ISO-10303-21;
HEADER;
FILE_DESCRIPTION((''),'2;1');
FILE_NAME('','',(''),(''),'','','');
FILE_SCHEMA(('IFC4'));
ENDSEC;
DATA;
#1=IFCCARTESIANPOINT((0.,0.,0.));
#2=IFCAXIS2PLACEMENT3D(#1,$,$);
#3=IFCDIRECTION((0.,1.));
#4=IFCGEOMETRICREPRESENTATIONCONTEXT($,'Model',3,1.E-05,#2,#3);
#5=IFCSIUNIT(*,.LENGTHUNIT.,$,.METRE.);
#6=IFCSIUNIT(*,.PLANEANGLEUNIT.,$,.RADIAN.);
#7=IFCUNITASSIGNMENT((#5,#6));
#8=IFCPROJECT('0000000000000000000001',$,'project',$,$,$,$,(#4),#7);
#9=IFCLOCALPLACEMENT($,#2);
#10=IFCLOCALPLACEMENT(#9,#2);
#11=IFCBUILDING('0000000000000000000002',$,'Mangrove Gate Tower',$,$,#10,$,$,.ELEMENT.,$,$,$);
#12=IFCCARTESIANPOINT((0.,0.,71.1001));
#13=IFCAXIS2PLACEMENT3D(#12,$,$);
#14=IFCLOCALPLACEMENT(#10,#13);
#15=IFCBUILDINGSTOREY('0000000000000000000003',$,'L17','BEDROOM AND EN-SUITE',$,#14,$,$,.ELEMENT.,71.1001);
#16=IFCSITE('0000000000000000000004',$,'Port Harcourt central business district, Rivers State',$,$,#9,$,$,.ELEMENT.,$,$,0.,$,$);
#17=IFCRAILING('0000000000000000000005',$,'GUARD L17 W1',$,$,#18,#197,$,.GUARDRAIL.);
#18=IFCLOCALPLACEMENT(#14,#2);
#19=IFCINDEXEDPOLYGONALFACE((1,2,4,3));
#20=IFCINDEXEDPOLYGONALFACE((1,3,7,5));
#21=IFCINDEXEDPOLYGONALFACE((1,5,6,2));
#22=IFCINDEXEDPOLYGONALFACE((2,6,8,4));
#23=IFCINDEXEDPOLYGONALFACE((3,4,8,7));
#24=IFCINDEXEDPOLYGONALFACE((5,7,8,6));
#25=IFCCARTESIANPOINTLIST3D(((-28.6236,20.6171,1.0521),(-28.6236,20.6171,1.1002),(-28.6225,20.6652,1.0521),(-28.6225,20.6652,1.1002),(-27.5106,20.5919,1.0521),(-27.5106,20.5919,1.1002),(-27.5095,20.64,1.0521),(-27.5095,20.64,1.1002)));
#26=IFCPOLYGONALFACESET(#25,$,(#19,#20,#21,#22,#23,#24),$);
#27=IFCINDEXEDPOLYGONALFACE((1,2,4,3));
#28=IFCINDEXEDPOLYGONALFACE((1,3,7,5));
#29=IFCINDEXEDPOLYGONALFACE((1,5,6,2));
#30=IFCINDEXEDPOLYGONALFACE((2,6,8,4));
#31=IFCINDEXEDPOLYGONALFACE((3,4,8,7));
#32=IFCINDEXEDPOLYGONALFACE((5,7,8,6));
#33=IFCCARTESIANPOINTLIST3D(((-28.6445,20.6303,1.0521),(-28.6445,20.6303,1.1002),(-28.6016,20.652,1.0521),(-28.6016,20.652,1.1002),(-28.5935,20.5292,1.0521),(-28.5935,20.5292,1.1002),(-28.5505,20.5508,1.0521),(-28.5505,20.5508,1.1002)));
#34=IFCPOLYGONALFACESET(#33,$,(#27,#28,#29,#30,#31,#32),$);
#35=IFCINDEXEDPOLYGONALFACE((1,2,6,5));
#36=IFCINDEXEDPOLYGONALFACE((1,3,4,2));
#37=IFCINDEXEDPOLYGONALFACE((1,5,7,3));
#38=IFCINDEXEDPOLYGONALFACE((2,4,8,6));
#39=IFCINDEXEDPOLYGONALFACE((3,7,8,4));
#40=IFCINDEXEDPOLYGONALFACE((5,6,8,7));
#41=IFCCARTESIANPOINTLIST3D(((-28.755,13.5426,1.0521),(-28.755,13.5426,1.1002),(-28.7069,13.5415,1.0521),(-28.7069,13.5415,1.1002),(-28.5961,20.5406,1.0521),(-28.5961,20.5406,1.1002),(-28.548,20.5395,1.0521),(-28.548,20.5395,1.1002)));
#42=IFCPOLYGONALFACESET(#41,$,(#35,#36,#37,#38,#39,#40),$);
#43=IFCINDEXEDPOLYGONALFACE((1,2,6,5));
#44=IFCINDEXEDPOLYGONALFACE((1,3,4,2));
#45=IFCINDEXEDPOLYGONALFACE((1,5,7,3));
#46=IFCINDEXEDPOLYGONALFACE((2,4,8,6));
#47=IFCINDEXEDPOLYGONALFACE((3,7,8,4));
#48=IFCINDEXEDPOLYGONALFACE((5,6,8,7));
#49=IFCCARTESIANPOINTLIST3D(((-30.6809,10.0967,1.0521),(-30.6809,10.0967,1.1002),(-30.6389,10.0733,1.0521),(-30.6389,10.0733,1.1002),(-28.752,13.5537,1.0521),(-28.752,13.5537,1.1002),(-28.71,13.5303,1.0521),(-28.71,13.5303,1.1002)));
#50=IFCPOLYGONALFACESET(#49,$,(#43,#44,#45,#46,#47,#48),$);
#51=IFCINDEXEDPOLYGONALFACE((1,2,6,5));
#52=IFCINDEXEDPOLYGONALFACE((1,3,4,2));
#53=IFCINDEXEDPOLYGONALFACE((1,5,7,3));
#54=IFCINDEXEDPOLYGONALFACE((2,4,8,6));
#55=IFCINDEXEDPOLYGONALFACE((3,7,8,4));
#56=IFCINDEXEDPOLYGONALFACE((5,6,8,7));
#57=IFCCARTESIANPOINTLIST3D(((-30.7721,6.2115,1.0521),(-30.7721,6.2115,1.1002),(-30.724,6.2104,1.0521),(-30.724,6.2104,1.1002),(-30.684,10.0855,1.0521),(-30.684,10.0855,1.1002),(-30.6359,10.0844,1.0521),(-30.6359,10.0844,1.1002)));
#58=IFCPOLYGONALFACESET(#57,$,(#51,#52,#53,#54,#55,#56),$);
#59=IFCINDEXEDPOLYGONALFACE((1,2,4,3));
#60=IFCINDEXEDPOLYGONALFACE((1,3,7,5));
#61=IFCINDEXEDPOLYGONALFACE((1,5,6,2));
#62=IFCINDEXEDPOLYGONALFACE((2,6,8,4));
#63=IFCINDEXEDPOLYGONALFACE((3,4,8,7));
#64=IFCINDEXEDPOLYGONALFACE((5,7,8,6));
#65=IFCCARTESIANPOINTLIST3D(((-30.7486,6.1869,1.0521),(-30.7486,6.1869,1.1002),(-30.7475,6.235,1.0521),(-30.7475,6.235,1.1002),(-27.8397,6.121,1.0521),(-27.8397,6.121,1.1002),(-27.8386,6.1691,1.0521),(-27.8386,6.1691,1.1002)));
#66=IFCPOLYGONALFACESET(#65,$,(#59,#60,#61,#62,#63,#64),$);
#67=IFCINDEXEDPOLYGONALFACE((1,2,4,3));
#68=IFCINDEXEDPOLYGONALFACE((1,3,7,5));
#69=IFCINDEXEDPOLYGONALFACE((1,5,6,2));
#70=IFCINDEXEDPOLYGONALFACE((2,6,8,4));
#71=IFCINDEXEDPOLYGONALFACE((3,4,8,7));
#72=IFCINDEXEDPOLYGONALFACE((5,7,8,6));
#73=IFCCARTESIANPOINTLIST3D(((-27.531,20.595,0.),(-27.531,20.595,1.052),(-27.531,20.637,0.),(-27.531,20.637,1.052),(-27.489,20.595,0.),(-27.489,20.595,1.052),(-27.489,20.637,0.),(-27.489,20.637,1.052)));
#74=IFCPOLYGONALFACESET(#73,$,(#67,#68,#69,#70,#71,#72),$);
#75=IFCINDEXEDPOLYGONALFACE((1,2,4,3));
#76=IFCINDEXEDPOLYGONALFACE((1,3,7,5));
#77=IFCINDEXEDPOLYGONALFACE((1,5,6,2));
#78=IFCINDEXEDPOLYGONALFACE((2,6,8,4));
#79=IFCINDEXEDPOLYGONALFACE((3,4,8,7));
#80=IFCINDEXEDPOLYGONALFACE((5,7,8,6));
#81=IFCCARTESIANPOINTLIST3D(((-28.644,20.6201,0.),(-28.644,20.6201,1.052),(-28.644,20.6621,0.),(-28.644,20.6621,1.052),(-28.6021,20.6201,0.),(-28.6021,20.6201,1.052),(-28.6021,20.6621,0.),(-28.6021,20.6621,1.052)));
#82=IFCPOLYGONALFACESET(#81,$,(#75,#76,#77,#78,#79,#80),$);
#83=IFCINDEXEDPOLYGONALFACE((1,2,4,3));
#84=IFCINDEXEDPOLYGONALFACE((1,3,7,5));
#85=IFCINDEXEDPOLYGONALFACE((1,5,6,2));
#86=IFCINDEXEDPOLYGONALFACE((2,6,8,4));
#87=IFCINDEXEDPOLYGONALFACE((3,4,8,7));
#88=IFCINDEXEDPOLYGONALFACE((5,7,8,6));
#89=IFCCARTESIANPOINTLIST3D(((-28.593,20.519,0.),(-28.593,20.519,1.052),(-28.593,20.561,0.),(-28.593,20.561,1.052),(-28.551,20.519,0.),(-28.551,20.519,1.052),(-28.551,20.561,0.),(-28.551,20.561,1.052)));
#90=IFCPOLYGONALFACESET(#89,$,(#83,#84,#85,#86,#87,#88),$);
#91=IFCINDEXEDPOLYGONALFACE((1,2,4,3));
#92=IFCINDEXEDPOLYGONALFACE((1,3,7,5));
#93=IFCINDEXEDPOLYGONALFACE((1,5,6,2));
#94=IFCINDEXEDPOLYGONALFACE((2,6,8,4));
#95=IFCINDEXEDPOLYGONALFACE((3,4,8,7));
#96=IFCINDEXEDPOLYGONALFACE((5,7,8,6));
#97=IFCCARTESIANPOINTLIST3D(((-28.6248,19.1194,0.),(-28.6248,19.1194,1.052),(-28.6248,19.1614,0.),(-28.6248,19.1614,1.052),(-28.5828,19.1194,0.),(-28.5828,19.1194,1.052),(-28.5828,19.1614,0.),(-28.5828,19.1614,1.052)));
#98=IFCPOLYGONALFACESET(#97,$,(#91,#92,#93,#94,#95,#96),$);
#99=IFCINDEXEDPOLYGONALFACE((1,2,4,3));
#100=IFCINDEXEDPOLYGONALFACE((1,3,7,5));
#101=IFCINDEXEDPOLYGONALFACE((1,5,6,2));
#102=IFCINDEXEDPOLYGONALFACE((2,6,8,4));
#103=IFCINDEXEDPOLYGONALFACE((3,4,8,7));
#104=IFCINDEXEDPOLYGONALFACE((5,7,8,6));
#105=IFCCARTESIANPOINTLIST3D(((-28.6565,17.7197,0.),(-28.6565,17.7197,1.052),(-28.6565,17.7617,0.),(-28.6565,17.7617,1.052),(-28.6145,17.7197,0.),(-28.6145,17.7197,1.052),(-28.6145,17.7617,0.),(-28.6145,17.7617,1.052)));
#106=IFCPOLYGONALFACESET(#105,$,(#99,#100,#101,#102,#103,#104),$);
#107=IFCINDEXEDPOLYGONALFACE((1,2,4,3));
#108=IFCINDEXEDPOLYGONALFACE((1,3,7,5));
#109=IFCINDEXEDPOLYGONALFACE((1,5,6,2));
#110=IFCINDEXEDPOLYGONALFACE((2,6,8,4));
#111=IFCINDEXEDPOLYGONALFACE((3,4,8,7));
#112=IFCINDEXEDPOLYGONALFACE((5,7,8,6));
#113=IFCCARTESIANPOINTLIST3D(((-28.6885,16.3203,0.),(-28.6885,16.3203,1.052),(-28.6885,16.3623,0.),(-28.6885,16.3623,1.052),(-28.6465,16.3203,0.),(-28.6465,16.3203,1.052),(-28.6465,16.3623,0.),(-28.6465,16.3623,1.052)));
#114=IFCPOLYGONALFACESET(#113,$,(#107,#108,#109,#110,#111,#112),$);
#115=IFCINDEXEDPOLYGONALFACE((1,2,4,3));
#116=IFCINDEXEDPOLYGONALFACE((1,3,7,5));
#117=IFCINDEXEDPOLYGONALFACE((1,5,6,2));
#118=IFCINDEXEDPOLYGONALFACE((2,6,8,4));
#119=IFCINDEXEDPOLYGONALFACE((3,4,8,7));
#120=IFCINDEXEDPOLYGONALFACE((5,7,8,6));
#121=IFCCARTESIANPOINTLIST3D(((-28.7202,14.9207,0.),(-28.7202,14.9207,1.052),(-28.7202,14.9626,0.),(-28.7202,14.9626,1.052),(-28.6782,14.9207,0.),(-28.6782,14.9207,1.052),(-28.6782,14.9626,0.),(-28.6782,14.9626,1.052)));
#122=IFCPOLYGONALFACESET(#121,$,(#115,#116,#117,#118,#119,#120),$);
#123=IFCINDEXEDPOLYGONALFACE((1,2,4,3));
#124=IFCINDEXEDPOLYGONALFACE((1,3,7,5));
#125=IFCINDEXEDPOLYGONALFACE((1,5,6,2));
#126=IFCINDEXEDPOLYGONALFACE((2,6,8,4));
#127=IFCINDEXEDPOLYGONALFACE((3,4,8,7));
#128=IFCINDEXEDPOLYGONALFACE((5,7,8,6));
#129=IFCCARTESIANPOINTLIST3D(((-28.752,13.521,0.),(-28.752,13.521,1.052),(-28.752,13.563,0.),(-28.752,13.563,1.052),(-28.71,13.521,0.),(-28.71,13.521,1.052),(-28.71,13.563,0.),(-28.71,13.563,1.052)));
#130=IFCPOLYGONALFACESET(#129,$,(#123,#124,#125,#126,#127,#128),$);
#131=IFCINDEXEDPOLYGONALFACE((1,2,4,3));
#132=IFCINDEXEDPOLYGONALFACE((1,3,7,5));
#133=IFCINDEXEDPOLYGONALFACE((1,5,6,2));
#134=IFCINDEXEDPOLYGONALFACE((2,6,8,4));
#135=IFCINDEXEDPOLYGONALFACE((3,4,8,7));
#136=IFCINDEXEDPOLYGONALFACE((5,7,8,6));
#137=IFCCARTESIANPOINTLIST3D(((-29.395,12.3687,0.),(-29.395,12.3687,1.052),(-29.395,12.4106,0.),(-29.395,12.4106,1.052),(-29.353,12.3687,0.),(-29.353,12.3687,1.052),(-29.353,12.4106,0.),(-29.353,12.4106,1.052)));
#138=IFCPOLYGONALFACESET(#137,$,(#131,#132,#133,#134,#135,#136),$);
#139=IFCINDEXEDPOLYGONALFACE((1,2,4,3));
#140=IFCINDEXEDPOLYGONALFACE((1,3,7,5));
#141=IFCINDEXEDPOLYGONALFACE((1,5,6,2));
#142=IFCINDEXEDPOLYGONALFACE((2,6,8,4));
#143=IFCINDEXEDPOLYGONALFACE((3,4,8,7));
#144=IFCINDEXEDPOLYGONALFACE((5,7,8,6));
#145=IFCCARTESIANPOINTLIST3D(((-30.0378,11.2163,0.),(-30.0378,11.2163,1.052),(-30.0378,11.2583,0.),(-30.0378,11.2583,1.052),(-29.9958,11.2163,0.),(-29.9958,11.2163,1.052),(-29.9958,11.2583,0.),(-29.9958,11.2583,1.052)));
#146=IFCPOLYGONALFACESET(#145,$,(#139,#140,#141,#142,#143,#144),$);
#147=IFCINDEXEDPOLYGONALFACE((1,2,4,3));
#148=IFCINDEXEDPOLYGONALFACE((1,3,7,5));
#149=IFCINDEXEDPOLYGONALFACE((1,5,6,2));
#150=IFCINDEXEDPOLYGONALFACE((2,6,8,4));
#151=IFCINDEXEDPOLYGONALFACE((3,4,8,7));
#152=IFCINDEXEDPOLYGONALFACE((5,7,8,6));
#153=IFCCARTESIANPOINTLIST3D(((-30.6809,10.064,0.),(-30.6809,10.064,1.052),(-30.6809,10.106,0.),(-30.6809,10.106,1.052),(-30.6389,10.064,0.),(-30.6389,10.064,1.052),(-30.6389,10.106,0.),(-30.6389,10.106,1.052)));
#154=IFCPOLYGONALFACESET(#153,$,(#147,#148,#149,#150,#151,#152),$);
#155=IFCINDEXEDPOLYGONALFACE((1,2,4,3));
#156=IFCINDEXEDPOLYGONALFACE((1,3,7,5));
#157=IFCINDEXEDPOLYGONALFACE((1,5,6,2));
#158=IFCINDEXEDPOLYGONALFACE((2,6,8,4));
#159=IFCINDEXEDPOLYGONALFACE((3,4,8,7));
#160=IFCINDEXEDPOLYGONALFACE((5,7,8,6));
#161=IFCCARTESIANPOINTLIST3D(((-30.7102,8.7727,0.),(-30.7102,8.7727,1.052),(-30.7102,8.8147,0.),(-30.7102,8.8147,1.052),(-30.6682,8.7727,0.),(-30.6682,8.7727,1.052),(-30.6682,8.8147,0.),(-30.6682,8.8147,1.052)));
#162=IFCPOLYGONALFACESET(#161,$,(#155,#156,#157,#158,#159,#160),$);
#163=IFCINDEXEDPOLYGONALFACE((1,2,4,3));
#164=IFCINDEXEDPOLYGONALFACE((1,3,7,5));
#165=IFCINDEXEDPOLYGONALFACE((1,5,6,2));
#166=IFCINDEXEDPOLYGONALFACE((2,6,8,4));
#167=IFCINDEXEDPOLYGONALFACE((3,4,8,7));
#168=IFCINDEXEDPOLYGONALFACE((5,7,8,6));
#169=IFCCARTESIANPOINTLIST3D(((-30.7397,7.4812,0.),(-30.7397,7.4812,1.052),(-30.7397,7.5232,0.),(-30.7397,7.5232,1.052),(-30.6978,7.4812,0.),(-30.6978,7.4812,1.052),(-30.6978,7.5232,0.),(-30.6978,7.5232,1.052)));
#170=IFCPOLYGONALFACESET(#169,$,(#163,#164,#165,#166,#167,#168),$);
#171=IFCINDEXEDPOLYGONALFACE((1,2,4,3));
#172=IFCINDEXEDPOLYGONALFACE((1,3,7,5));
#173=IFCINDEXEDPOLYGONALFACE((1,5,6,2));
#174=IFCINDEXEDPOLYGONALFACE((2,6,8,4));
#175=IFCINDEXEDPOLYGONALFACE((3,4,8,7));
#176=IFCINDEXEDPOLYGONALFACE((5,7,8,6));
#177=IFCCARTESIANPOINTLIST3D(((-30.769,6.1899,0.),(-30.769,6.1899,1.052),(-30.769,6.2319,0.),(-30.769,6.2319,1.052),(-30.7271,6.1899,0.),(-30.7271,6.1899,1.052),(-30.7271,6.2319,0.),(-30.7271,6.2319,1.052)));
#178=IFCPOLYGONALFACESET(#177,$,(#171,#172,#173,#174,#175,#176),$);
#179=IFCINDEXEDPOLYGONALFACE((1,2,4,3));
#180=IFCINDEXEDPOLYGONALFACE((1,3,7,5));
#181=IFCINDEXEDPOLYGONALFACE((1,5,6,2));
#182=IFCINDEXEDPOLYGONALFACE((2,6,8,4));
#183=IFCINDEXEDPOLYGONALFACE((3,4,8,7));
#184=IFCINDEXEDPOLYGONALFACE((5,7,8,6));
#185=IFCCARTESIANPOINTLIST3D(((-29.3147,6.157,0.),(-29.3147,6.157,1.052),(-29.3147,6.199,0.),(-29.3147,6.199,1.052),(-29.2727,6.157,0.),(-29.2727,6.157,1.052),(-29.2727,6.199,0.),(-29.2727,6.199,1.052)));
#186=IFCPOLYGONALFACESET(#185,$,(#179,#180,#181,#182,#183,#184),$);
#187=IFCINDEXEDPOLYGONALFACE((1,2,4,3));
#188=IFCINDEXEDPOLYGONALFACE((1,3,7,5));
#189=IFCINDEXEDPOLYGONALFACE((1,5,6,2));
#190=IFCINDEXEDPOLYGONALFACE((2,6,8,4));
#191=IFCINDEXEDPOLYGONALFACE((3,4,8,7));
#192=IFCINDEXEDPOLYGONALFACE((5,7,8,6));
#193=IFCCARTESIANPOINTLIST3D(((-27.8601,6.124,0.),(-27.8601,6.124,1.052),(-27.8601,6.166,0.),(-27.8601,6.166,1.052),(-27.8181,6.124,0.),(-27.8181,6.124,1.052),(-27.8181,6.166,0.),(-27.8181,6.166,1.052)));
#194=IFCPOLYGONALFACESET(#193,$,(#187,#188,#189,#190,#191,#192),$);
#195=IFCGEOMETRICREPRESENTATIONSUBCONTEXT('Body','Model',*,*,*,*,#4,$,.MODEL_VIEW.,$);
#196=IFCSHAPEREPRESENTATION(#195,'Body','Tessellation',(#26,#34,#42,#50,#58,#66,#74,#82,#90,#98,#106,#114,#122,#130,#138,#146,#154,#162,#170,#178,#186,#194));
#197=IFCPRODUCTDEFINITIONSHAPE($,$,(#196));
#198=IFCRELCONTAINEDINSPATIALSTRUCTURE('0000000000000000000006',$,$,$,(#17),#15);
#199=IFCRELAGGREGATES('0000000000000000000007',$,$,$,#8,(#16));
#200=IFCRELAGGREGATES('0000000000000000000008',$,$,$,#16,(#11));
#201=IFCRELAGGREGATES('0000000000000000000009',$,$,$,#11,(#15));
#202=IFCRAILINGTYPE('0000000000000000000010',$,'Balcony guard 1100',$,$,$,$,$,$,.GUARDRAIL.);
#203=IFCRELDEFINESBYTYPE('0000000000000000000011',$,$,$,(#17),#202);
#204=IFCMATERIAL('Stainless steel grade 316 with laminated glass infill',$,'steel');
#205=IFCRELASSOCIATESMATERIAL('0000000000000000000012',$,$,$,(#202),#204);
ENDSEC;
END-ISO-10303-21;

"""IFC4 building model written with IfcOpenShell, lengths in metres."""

from ifc_helpers import new_model, si_unit, direction, frame, origin, origin_2d, place, context, subcontext, project, spatial, rectangle, extrude, material, type_object, element, save


model = new_model("IFC4")

# Units and contexts
model_context = context("Model", 3, precision=1e-05, world=origin(), true_north=direction((0.0, 1.0)))
body_context = subcontext(model_context, "Body", "Model", "MODEL_VIEW")
ifc_project = project(units=[si_unit("LENGTHUNIT", "METRE"), si_unit("PLANEANGLEUNIT", "RADIAN")], contexts=[model_context])

# Site, building, storey
site_placement = place(None, origin())
site = spatial("IfcSite", under=ifc_project, at=site_placement, Name="Port Harcourt central business district, Rivers State", CompositionType="ELEMENT", RefElevation=0.0)
building_placement = place(site_placement, origin())
building = spatial("IfcBuilding", under=site, at=building_placement, Name="Mangrove Gate Tower", CompositionType="ELEMENT")
storey_placement = place(building_placement, frame((0.0, 0.0, 71.1001)))
storey = spatial("IfcBuildingStorey", under=building, at=storey_placement, Name="L17", Description="BEDROOM AND EN-SUITE", CompositionType="ELEMENT", Elevation=71.1001)

# Railing
ifc_material_1 = material(Name="Stainless steel grade 316 with laminated glass infill", Category="steel")
railing_type = type_object("IfcRailingType", Name="Balcony guard 1100", PredefinedType="GUARDRAIL", material=ifc_material_1)
railing_placement = place(storey_placement, frame((-27.51, 20.616, 0.0)))
element("IfcRailing", 1, at=railing_placement, inside=storey, type_object=railing_type, Name="GUARD L17 W1", PredefinedType="GUARDRAIL", context=body_context, shape_type="SweptSolid", body=[
    extrude(rectangle(XDim=0.0481, YDim=0.0481, at=origin_2d()), frame((0.0, 0.0, 1.0762), z_axis=(-0.999745, 0.022587, 0.0), x_axis=(-0.022587, -0.999745, 0.0)), (0.0, 0.0, 1.0), 1.1133),
    extrude(rectangle(XDim=0.0481, YDim=0.0481, at=origin_2d()), frame((-1.113, 0.0251, 1.0762), z_axis=(0.45066, -0.892696, 0.0), x_axis=(0.892696, 0.45066, 0.0)), (0.0, 0.0, 1.0), 0.1133),
    extrude(rectangle(XDim=0.0481, YDim=0.0481, at=origin_2d()), frame((-1.062, -0.0759, 1.0762), z_axis=(-0.022706, -0.999742, 0.0), x_axis=(0.999742, -0.022706, 0.0)), (0.0, 0.0, 1.0), 6.9998),
    extrude(rectangle(XDim=0.0481, YDim=0.0481, at=origin_2d()), frame((-1.2209, -7.074, 1.0762), z_axis=(-0.48726, -0.873257, 0.0), x_axis=(0.873257, -0.48726, 0.0)), (0.0, 0.0, 1.0), 3.9587),
    extrude(rectangle(XDim=0.0481, YDim=0.0481, at=origin_2d()), frame((-3.1499, -10.531, 1.0762), z_axis=(-0.022744, -0.999741, 0.0), x_axis=(0.999741, -0.022744, 0.0)), (0.0, 0.0, 1.0), 3.875),
    extrude(rectangle(XDim=0.0481, YDim=0.0481, at=origin_2d()), frame((-3.238, -14.405, 1.0762), z_axis=(0.999743, -0.022655, 0.0), x_axis=(0.022655, 0.999743, 0.0)), (0.0, 0.0, 1.0), 2.9097),
    extrude(rectangle(XDim=0.042, YDim=0.042, at=origin_2d()), origin(), (0.0, 0.0, 1.0), 1.052),
    extrude(rectangle(XDim=0.042, YDim=0.042, at=origin_2d()), frame((-1.113, 0.0251, 0.0)), (0.0, 0.0, 1.0), 1.052),
    extrude(rectangle(XDim=0.042, YDim=0.042, at=origin_2d()), frame((-1.062, -0.0759, 0.0)), (0.0, 0.0, 1.0), 1.052),
    extrude(rectangle(XDim=0.042, YDim=0.042, at=origin_2d()), frame((-1.0938, -1.4756, 0.0)), (0.0, 0.0, 1.0), 1.052),
    extrude(rectangle(XDim=0.042, YDim=0.042, at=origin_2d()), frame((-1.1255, -2.8752, 0.0)), (0.0, 0.0, 1.0), 1.052),
    extrude(rectangle(XDim=0.042, YDim=0.042, at=origin_2d()), frame((-1.1575, -4.2747, 0.0)), (0.0, 0.0, 1.0), 1.052),
    extrude(rectangle(XDim=0.042, YDim=0.042, at=origin_2d()), frame((-1.1892, -5.6743, 0.0)), (0.0, 0.0, 1.0), 1.052),
    extrude(rectangle(XDim=0.042, YDim=0.042, at=origin_2d()), frame((-1.2209, -7.074, 0.0)), (0.0, 0.0, 1.0), 1.052),
    extrude(rectangle(XDim=0.042, YDim=0.042, at=origin_2d()), frame((-1.864, -8.2263, 0.0)), (0.0, 0.0, 1.0), 1.052),
    extrude(rectangle(XDim=0.042, YDim=0.042, at=origin_2d()), frame((-2.5068, -9.3787, 0.0)), (0.0, 0.0, 1.0), 1.052),
    extrude(rectangle(XDim=0.042, YDim=0.042, at=origin_2d()), frame((-3.1499, -10.531, 0.0)), (0.0, 0.0, 1.0), 1.052),
    extrude(rectangle(XDim=0.042, YDim=0.042, at=origin_2d()), frame((-3.1792, -11.8223, 0.0)), (0.0, 0.0, 1.0), 1.052),
    extrude(rectangle(XDim=0.042, YDim=0.042, at=origin_2d()), frame((-3.2087, -13.1138, 0.0)), (0.0, 0.0, 1.0), 1.052),
    extrude(rectangle(XDim=0.042, YDim=0.042, at=origin_2d()), frame((-3.238, -14.405, 0.0)), (0.0, 0.0, 1.0), 1.052),
    extrude(rectangle(XDim=0.042, YDim=0.042, at=origin_2d()), frame((-1.7837, -14.438, 0.0)), (0.0, 0.0, 1.0), 1.052),
    extrude(rectangle(XDim=0.042, YDim=0.042, at=origin_2d()), frame((-0.3291, -14.4709, 0.0)), (0.0, 0.0, 1.0), 1.052),
])

save(model, "model.ifc")
